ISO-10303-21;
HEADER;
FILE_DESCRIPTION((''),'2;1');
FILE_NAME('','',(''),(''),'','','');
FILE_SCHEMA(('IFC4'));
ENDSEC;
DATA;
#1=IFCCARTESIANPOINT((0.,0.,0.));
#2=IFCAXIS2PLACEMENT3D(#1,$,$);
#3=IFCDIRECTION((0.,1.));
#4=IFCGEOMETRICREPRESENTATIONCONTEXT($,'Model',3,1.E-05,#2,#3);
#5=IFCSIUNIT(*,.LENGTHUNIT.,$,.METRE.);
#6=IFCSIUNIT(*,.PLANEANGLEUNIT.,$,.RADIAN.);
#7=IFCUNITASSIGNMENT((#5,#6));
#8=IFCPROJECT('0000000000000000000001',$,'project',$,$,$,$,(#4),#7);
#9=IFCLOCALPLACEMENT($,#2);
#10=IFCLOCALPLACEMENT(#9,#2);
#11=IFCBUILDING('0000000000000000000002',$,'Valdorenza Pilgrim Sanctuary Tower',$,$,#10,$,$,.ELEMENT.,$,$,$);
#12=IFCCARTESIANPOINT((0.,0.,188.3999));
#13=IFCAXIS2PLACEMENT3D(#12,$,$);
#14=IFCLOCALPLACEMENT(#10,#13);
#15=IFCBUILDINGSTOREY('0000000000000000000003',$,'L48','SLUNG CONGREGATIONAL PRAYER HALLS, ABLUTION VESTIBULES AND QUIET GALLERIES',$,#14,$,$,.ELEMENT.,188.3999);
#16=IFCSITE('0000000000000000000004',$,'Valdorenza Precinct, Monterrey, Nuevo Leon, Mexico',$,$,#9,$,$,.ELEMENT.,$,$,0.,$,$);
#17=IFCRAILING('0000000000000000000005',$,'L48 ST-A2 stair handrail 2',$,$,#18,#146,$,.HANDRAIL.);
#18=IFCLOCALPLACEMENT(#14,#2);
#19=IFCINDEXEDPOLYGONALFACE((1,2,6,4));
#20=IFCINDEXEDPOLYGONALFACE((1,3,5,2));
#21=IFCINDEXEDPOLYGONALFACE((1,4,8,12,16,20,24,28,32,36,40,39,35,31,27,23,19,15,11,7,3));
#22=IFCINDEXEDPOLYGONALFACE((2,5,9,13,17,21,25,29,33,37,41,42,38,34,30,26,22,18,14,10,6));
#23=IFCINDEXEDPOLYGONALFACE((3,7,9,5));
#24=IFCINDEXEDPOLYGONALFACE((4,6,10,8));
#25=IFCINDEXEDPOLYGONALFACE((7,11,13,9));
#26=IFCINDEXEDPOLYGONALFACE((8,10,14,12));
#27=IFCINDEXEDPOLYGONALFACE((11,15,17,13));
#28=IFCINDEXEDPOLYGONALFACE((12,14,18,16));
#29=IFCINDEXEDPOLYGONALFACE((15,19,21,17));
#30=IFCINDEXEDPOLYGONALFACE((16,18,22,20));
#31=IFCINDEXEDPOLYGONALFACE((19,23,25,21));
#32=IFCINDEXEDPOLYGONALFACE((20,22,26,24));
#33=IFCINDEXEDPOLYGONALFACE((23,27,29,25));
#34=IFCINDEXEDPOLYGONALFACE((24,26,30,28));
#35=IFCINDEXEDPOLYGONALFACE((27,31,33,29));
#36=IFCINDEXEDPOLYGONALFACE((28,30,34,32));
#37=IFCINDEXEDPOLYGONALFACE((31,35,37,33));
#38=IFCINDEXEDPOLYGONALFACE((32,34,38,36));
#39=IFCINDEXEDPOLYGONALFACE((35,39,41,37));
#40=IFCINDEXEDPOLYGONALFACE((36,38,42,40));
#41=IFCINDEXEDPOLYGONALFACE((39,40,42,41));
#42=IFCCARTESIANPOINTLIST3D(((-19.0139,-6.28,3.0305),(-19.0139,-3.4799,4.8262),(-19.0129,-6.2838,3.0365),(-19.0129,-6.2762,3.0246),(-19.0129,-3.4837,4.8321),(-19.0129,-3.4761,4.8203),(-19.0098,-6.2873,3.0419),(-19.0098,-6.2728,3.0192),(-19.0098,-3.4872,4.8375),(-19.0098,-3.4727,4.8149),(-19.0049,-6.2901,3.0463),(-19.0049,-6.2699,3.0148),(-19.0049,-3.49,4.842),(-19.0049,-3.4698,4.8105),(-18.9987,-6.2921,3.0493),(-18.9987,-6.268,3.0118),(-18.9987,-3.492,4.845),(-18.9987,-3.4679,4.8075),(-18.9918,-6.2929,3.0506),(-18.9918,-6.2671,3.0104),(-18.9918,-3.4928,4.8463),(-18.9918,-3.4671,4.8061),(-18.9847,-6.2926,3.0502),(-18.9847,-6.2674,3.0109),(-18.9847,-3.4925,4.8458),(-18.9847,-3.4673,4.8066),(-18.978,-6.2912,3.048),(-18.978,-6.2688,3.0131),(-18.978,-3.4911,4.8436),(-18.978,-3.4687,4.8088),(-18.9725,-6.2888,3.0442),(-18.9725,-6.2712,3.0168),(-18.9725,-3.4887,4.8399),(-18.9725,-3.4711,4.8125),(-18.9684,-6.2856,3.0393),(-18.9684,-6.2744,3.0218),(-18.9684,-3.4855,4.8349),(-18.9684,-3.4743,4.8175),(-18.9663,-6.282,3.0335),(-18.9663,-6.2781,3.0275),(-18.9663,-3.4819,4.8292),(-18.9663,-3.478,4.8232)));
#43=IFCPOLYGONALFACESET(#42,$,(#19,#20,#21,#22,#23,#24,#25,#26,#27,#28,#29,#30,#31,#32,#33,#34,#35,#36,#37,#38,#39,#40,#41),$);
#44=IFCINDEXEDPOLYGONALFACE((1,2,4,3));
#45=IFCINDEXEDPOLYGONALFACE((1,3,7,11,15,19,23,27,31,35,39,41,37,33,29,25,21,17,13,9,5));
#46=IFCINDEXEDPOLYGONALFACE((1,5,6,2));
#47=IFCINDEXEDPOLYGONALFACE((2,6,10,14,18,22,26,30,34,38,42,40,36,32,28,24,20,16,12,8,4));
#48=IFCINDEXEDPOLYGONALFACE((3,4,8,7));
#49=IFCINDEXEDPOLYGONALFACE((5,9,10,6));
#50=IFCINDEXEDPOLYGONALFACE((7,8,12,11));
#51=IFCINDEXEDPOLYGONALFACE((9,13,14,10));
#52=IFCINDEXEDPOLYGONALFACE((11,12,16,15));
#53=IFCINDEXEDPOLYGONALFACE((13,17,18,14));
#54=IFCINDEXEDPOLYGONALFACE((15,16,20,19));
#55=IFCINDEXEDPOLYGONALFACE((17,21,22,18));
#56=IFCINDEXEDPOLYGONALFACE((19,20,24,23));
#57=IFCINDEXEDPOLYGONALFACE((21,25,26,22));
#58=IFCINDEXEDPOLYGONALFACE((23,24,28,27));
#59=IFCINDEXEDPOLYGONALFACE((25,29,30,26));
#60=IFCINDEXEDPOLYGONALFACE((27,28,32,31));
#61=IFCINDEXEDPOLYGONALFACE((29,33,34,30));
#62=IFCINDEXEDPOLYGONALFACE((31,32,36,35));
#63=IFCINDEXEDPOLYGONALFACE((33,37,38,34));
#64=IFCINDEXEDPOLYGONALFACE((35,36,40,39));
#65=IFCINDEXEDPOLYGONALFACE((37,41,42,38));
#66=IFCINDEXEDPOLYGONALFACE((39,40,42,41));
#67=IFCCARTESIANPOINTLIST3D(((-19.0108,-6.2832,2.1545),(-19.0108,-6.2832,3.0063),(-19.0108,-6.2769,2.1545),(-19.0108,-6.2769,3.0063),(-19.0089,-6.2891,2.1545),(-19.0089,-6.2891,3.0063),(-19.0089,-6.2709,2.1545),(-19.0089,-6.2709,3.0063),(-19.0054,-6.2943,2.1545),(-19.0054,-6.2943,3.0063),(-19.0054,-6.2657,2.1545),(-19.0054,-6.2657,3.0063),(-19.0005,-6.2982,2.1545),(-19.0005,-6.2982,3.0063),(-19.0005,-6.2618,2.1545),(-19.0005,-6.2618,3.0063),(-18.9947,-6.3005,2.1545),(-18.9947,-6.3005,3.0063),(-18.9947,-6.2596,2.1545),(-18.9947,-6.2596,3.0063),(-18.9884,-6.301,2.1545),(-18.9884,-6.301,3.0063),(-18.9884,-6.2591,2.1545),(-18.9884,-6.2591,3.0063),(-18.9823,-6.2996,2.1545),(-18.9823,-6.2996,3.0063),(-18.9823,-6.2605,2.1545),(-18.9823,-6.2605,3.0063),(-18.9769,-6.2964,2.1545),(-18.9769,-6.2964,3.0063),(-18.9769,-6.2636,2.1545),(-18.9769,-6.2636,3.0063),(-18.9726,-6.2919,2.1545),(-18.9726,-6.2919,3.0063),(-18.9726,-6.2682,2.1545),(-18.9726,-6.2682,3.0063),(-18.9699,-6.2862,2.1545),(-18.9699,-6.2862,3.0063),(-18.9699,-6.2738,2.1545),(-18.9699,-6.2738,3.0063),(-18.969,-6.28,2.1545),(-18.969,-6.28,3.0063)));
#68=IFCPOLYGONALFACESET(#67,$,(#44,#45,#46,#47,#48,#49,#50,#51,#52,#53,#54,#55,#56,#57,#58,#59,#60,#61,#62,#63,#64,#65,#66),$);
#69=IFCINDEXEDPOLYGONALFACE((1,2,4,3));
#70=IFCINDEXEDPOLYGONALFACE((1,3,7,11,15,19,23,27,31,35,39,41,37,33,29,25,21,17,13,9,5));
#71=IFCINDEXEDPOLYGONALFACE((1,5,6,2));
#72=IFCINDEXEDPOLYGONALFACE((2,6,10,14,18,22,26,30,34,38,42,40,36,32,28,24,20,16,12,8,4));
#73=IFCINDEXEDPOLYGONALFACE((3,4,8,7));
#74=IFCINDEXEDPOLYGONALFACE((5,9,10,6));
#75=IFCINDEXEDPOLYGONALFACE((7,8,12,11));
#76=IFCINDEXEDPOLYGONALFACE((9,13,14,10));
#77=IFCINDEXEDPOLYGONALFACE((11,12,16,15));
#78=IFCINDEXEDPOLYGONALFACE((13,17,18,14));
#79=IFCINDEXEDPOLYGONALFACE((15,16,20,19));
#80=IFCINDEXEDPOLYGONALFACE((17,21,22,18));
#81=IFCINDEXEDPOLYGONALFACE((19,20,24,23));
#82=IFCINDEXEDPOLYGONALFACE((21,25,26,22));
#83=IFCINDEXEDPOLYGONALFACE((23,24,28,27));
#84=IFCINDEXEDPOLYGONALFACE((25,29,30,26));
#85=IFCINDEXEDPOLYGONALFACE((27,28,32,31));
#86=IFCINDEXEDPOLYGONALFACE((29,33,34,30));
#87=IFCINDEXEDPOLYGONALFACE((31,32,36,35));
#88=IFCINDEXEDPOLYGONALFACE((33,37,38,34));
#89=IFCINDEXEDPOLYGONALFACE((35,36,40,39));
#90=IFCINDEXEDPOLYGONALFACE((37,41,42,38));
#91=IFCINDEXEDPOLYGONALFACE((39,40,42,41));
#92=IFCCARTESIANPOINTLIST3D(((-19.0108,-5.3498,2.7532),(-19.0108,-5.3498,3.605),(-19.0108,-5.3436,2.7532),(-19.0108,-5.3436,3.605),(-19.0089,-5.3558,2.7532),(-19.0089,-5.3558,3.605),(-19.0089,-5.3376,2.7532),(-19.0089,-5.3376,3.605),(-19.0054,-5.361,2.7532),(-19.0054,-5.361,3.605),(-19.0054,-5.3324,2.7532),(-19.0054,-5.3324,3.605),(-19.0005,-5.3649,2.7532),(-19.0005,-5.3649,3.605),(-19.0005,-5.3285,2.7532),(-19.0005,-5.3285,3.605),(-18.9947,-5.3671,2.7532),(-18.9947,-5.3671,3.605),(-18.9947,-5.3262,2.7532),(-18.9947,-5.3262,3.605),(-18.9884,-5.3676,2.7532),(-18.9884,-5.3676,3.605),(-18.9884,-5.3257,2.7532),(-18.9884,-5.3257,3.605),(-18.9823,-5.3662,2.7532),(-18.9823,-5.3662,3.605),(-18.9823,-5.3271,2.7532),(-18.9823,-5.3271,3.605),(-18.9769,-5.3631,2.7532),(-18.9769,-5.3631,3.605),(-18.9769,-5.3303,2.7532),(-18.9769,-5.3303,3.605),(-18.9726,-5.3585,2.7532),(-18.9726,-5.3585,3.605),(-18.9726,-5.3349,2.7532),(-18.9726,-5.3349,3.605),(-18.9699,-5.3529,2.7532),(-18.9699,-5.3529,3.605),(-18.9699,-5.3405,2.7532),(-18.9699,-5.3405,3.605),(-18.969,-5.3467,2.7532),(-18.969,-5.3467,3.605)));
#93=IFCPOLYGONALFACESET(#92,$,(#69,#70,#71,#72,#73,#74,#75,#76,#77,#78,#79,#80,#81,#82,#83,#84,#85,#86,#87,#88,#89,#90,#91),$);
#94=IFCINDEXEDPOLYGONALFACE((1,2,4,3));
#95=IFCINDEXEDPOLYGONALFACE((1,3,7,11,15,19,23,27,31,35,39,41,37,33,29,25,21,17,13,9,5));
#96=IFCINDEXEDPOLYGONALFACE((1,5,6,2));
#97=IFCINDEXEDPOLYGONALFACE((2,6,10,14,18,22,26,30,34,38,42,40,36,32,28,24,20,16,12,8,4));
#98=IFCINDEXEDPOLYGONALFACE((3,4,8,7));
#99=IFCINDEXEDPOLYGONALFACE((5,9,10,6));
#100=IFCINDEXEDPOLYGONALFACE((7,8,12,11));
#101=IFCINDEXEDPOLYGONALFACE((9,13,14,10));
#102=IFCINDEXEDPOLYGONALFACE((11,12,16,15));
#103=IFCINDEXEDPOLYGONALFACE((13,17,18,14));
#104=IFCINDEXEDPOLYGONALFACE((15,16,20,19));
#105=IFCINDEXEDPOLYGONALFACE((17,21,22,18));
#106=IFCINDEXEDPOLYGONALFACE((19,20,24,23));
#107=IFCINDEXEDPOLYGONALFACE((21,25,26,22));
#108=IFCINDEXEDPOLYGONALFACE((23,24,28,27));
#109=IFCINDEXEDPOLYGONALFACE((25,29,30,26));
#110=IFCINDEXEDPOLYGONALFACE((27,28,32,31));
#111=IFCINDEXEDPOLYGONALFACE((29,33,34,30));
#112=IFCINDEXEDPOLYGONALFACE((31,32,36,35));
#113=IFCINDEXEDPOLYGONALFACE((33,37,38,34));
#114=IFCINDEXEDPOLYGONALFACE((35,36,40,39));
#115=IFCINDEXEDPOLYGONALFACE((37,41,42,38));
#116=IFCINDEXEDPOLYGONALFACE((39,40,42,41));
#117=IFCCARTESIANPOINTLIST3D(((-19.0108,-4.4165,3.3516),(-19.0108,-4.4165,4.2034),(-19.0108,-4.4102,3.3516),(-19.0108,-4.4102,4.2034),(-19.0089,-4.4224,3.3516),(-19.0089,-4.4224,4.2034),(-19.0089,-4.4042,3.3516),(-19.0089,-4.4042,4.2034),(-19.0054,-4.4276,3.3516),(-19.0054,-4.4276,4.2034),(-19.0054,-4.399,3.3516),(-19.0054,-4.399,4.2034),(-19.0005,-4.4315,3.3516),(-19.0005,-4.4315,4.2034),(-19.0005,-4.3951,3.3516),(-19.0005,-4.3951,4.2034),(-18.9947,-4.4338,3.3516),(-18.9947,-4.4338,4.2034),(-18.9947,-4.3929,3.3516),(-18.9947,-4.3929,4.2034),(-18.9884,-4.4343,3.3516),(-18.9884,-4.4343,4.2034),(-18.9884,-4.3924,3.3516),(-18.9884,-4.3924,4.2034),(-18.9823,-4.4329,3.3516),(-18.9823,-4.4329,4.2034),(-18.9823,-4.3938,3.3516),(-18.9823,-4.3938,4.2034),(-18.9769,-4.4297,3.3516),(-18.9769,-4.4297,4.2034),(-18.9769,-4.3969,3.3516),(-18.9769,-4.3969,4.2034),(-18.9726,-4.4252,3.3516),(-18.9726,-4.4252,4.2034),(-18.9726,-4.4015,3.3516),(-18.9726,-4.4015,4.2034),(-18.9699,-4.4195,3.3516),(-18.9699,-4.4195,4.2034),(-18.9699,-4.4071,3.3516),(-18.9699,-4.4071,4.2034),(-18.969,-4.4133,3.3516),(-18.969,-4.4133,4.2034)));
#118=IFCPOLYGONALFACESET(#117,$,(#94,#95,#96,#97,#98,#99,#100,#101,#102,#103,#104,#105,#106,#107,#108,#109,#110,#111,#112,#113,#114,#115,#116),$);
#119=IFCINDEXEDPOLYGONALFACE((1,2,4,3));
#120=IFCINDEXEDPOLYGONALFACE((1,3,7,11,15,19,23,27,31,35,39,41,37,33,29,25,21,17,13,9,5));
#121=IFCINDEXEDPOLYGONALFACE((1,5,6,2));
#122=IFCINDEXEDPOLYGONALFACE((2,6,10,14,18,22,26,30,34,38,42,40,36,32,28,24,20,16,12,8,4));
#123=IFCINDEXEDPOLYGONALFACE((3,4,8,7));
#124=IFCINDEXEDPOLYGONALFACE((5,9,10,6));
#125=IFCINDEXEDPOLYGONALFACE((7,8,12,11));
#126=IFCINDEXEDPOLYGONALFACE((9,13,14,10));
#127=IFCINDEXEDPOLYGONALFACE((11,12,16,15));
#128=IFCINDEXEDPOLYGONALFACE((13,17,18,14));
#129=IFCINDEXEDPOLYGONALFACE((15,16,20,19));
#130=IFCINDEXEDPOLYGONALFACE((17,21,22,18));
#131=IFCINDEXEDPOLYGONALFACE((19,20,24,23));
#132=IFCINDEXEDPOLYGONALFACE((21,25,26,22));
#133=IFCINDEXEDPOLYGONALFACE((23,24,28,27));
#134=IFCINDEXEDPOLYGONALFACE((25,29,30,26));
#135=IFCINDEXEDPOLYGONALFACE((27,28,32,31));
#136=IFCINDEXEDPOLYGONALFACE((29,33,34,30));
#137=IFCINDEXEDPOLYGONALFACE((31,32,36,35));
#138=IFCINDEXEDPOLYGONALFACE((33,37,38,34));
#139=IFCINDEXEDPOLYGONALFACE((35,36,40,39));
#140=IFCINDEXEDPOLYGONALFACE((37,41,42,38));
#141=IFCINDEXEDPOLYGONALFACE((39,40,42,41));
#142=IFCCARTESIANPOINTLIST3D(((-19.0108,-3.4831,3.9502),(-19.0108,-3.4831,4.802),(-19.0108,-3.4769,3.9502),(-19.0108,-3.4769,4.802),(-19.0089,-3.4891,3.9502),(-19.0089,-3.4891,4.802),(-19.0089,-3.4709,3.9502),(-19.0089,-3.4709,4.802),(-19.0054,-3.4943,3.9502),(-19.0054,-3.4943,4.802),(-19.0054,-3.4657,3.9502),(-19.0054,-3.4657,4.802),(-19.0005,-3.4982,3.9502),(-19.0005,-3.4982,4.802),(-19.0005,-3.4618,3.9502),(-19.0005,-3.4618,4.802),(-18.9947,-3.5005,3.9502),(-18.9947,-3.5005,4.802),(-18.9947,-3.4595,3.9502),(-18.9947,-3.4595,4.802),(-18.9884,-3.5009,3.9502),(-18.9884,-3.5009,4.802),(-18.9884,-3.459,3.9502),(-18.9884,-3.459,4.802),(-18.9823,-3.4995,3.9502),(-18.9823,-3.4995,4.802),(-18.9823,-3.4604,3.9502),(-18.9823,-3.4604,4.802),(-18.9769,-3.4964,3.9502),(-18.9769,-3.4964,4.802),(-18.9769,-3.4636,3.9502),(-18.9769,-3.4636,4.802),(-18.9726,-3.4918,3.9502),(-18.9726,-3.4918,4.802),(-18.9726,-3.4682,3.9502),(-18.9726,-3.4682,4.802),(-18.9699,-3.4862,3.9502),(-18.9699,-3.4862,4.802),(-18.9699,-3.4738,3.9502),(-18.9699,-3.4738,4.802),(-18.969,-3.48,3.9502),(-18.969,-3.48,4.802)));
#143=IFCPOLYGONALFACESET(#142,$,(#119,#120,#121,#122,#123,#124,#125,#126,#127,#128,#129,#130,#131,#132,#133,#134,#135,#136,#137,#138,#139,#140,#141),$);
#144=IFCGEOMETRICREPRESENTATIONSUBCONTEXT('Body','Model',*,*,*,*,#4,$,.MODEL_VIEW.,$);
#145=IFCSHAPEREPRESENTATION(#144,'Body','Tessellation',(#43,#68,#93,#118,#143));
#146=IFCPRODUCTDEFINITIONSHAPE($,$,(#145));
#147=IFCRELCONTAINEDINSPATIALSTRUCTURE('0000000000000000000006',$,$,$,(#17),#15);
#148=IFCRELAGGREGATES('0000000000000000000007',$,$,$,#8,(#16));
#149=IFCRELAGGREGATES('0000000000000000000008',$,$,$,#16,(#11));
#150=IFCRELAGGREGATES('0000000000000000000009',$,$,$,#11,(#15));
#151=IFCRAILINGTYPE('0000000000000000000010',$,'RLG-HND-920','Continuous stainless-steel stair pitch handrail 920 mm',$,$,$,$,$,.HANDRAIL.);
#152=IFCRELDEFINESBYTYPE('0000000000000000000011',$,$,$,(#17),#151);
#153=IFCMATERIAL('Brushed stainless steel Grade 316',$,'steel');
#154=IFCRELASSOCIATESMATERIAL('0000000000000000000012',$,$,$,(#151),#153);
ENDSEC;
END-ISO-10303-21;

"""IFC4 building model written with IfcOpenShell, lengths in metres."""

from ifc_helpers import new_model, si_unit, direction, frame, origin, origin_2d, place, context, subcontext, project, spatial, circle, extrude, material, type_object, element, save


model = new_model("IFC4")

# Units and contexts
model_context = context("Model", 3, precision=1e-05, world=origin(), true_north=direction((0.0, 1.0)))
body_context = subcontext(model_context, "Body", "Model", "MODEL_VIEW")
ifc_project = project(units=[si_unit("LENGTHUNIT", "METRE"), si_unit("PLANEANGLEUNIT", "RADIAN")], contexts=[model_context])

# Site, building, storey
site_placement = place(None, origin())
site = spatial("IfcSite", under=ifc_project, at=site_placement, Name="Valdorenza Precinct, Monterrey, Nuevo Leon, Mexico", CompositionType="ELEMENT", RefElevation=0.0)
building_placement = place(site_placement, origin())
building = spatial("IfcBuilding", under=site, at=building_placement, Name="Valdorenza Pilgrim Sanctuary Tower", CompositionType="ELEMENT")
storey_placement = place(building_placement, frame((0.0, 0.0, 188.3999)))
storey = spatial("IfcBuildingStorey", under=building, at=storey_placement, Name="L48", Description="SLUNG CONGREGATIONAL PRAYER HALLS, ABLUTION VESTIBULES AND QUIET GALLERIES", CompositionType="ELEMENT", Elevation=188.3999)

# Shared definitions
ifc_material_1 = material(Name="Brushed stainless steel Grade 316", Category="steel")

# Railing
railing_type_1 = type_object("IfcRailingType", Name="RLG-HND-920", Description="Continuous stainless-steel stair pitch handrail 920 mm", PredefinedType="HANDRAIL", material=ifc_material_1)
railing_1_placement = place(storey_placement, frame((-18.99, -6.28, 2.1545)))
element("IfcRailing", 1, at=railing_1_placement, inside=storey, type_object=railing_type_1, Name="L48 ST-A2 stair handrail 2", PredefinedType="HANDRAIL", context=body_context, shape_type="SweptSolid", body=[
    extrude(circle(Radius=0.0239, at=origin_2d()), frame((0.0, 0.0, 0.876), z_axis=(0.0, 0.841777, 0.539826), x_axis=(-1.0, 0.0, 0.0)), (0.0, 0.0, 1.0), 3.3264),
    extrude(circle(Radius=0.021, at=origin_2d()), origin(), (0.0, 0.0, 1.0), 0.8518),
    extrude(circle(Radius=0.021, at=origin_2d()), frame((0.0, 0.9333, 0.5986)), (0.0, 0.0, 1.0), 0.8518),
    extrude(circle(Radius=0.021, at=origin_2d()), frame((0.0, 1.8667, 1.197)), (0.0, 0.0, 1.0), 0.8518),
    extrude(circle(Radius=0.021, at=origin_2d()), frame((0.0, 2.8, 1.7957)), (0.0, 0.0, 1.0), 0.8518),
])

save(model, "model.ifc")
